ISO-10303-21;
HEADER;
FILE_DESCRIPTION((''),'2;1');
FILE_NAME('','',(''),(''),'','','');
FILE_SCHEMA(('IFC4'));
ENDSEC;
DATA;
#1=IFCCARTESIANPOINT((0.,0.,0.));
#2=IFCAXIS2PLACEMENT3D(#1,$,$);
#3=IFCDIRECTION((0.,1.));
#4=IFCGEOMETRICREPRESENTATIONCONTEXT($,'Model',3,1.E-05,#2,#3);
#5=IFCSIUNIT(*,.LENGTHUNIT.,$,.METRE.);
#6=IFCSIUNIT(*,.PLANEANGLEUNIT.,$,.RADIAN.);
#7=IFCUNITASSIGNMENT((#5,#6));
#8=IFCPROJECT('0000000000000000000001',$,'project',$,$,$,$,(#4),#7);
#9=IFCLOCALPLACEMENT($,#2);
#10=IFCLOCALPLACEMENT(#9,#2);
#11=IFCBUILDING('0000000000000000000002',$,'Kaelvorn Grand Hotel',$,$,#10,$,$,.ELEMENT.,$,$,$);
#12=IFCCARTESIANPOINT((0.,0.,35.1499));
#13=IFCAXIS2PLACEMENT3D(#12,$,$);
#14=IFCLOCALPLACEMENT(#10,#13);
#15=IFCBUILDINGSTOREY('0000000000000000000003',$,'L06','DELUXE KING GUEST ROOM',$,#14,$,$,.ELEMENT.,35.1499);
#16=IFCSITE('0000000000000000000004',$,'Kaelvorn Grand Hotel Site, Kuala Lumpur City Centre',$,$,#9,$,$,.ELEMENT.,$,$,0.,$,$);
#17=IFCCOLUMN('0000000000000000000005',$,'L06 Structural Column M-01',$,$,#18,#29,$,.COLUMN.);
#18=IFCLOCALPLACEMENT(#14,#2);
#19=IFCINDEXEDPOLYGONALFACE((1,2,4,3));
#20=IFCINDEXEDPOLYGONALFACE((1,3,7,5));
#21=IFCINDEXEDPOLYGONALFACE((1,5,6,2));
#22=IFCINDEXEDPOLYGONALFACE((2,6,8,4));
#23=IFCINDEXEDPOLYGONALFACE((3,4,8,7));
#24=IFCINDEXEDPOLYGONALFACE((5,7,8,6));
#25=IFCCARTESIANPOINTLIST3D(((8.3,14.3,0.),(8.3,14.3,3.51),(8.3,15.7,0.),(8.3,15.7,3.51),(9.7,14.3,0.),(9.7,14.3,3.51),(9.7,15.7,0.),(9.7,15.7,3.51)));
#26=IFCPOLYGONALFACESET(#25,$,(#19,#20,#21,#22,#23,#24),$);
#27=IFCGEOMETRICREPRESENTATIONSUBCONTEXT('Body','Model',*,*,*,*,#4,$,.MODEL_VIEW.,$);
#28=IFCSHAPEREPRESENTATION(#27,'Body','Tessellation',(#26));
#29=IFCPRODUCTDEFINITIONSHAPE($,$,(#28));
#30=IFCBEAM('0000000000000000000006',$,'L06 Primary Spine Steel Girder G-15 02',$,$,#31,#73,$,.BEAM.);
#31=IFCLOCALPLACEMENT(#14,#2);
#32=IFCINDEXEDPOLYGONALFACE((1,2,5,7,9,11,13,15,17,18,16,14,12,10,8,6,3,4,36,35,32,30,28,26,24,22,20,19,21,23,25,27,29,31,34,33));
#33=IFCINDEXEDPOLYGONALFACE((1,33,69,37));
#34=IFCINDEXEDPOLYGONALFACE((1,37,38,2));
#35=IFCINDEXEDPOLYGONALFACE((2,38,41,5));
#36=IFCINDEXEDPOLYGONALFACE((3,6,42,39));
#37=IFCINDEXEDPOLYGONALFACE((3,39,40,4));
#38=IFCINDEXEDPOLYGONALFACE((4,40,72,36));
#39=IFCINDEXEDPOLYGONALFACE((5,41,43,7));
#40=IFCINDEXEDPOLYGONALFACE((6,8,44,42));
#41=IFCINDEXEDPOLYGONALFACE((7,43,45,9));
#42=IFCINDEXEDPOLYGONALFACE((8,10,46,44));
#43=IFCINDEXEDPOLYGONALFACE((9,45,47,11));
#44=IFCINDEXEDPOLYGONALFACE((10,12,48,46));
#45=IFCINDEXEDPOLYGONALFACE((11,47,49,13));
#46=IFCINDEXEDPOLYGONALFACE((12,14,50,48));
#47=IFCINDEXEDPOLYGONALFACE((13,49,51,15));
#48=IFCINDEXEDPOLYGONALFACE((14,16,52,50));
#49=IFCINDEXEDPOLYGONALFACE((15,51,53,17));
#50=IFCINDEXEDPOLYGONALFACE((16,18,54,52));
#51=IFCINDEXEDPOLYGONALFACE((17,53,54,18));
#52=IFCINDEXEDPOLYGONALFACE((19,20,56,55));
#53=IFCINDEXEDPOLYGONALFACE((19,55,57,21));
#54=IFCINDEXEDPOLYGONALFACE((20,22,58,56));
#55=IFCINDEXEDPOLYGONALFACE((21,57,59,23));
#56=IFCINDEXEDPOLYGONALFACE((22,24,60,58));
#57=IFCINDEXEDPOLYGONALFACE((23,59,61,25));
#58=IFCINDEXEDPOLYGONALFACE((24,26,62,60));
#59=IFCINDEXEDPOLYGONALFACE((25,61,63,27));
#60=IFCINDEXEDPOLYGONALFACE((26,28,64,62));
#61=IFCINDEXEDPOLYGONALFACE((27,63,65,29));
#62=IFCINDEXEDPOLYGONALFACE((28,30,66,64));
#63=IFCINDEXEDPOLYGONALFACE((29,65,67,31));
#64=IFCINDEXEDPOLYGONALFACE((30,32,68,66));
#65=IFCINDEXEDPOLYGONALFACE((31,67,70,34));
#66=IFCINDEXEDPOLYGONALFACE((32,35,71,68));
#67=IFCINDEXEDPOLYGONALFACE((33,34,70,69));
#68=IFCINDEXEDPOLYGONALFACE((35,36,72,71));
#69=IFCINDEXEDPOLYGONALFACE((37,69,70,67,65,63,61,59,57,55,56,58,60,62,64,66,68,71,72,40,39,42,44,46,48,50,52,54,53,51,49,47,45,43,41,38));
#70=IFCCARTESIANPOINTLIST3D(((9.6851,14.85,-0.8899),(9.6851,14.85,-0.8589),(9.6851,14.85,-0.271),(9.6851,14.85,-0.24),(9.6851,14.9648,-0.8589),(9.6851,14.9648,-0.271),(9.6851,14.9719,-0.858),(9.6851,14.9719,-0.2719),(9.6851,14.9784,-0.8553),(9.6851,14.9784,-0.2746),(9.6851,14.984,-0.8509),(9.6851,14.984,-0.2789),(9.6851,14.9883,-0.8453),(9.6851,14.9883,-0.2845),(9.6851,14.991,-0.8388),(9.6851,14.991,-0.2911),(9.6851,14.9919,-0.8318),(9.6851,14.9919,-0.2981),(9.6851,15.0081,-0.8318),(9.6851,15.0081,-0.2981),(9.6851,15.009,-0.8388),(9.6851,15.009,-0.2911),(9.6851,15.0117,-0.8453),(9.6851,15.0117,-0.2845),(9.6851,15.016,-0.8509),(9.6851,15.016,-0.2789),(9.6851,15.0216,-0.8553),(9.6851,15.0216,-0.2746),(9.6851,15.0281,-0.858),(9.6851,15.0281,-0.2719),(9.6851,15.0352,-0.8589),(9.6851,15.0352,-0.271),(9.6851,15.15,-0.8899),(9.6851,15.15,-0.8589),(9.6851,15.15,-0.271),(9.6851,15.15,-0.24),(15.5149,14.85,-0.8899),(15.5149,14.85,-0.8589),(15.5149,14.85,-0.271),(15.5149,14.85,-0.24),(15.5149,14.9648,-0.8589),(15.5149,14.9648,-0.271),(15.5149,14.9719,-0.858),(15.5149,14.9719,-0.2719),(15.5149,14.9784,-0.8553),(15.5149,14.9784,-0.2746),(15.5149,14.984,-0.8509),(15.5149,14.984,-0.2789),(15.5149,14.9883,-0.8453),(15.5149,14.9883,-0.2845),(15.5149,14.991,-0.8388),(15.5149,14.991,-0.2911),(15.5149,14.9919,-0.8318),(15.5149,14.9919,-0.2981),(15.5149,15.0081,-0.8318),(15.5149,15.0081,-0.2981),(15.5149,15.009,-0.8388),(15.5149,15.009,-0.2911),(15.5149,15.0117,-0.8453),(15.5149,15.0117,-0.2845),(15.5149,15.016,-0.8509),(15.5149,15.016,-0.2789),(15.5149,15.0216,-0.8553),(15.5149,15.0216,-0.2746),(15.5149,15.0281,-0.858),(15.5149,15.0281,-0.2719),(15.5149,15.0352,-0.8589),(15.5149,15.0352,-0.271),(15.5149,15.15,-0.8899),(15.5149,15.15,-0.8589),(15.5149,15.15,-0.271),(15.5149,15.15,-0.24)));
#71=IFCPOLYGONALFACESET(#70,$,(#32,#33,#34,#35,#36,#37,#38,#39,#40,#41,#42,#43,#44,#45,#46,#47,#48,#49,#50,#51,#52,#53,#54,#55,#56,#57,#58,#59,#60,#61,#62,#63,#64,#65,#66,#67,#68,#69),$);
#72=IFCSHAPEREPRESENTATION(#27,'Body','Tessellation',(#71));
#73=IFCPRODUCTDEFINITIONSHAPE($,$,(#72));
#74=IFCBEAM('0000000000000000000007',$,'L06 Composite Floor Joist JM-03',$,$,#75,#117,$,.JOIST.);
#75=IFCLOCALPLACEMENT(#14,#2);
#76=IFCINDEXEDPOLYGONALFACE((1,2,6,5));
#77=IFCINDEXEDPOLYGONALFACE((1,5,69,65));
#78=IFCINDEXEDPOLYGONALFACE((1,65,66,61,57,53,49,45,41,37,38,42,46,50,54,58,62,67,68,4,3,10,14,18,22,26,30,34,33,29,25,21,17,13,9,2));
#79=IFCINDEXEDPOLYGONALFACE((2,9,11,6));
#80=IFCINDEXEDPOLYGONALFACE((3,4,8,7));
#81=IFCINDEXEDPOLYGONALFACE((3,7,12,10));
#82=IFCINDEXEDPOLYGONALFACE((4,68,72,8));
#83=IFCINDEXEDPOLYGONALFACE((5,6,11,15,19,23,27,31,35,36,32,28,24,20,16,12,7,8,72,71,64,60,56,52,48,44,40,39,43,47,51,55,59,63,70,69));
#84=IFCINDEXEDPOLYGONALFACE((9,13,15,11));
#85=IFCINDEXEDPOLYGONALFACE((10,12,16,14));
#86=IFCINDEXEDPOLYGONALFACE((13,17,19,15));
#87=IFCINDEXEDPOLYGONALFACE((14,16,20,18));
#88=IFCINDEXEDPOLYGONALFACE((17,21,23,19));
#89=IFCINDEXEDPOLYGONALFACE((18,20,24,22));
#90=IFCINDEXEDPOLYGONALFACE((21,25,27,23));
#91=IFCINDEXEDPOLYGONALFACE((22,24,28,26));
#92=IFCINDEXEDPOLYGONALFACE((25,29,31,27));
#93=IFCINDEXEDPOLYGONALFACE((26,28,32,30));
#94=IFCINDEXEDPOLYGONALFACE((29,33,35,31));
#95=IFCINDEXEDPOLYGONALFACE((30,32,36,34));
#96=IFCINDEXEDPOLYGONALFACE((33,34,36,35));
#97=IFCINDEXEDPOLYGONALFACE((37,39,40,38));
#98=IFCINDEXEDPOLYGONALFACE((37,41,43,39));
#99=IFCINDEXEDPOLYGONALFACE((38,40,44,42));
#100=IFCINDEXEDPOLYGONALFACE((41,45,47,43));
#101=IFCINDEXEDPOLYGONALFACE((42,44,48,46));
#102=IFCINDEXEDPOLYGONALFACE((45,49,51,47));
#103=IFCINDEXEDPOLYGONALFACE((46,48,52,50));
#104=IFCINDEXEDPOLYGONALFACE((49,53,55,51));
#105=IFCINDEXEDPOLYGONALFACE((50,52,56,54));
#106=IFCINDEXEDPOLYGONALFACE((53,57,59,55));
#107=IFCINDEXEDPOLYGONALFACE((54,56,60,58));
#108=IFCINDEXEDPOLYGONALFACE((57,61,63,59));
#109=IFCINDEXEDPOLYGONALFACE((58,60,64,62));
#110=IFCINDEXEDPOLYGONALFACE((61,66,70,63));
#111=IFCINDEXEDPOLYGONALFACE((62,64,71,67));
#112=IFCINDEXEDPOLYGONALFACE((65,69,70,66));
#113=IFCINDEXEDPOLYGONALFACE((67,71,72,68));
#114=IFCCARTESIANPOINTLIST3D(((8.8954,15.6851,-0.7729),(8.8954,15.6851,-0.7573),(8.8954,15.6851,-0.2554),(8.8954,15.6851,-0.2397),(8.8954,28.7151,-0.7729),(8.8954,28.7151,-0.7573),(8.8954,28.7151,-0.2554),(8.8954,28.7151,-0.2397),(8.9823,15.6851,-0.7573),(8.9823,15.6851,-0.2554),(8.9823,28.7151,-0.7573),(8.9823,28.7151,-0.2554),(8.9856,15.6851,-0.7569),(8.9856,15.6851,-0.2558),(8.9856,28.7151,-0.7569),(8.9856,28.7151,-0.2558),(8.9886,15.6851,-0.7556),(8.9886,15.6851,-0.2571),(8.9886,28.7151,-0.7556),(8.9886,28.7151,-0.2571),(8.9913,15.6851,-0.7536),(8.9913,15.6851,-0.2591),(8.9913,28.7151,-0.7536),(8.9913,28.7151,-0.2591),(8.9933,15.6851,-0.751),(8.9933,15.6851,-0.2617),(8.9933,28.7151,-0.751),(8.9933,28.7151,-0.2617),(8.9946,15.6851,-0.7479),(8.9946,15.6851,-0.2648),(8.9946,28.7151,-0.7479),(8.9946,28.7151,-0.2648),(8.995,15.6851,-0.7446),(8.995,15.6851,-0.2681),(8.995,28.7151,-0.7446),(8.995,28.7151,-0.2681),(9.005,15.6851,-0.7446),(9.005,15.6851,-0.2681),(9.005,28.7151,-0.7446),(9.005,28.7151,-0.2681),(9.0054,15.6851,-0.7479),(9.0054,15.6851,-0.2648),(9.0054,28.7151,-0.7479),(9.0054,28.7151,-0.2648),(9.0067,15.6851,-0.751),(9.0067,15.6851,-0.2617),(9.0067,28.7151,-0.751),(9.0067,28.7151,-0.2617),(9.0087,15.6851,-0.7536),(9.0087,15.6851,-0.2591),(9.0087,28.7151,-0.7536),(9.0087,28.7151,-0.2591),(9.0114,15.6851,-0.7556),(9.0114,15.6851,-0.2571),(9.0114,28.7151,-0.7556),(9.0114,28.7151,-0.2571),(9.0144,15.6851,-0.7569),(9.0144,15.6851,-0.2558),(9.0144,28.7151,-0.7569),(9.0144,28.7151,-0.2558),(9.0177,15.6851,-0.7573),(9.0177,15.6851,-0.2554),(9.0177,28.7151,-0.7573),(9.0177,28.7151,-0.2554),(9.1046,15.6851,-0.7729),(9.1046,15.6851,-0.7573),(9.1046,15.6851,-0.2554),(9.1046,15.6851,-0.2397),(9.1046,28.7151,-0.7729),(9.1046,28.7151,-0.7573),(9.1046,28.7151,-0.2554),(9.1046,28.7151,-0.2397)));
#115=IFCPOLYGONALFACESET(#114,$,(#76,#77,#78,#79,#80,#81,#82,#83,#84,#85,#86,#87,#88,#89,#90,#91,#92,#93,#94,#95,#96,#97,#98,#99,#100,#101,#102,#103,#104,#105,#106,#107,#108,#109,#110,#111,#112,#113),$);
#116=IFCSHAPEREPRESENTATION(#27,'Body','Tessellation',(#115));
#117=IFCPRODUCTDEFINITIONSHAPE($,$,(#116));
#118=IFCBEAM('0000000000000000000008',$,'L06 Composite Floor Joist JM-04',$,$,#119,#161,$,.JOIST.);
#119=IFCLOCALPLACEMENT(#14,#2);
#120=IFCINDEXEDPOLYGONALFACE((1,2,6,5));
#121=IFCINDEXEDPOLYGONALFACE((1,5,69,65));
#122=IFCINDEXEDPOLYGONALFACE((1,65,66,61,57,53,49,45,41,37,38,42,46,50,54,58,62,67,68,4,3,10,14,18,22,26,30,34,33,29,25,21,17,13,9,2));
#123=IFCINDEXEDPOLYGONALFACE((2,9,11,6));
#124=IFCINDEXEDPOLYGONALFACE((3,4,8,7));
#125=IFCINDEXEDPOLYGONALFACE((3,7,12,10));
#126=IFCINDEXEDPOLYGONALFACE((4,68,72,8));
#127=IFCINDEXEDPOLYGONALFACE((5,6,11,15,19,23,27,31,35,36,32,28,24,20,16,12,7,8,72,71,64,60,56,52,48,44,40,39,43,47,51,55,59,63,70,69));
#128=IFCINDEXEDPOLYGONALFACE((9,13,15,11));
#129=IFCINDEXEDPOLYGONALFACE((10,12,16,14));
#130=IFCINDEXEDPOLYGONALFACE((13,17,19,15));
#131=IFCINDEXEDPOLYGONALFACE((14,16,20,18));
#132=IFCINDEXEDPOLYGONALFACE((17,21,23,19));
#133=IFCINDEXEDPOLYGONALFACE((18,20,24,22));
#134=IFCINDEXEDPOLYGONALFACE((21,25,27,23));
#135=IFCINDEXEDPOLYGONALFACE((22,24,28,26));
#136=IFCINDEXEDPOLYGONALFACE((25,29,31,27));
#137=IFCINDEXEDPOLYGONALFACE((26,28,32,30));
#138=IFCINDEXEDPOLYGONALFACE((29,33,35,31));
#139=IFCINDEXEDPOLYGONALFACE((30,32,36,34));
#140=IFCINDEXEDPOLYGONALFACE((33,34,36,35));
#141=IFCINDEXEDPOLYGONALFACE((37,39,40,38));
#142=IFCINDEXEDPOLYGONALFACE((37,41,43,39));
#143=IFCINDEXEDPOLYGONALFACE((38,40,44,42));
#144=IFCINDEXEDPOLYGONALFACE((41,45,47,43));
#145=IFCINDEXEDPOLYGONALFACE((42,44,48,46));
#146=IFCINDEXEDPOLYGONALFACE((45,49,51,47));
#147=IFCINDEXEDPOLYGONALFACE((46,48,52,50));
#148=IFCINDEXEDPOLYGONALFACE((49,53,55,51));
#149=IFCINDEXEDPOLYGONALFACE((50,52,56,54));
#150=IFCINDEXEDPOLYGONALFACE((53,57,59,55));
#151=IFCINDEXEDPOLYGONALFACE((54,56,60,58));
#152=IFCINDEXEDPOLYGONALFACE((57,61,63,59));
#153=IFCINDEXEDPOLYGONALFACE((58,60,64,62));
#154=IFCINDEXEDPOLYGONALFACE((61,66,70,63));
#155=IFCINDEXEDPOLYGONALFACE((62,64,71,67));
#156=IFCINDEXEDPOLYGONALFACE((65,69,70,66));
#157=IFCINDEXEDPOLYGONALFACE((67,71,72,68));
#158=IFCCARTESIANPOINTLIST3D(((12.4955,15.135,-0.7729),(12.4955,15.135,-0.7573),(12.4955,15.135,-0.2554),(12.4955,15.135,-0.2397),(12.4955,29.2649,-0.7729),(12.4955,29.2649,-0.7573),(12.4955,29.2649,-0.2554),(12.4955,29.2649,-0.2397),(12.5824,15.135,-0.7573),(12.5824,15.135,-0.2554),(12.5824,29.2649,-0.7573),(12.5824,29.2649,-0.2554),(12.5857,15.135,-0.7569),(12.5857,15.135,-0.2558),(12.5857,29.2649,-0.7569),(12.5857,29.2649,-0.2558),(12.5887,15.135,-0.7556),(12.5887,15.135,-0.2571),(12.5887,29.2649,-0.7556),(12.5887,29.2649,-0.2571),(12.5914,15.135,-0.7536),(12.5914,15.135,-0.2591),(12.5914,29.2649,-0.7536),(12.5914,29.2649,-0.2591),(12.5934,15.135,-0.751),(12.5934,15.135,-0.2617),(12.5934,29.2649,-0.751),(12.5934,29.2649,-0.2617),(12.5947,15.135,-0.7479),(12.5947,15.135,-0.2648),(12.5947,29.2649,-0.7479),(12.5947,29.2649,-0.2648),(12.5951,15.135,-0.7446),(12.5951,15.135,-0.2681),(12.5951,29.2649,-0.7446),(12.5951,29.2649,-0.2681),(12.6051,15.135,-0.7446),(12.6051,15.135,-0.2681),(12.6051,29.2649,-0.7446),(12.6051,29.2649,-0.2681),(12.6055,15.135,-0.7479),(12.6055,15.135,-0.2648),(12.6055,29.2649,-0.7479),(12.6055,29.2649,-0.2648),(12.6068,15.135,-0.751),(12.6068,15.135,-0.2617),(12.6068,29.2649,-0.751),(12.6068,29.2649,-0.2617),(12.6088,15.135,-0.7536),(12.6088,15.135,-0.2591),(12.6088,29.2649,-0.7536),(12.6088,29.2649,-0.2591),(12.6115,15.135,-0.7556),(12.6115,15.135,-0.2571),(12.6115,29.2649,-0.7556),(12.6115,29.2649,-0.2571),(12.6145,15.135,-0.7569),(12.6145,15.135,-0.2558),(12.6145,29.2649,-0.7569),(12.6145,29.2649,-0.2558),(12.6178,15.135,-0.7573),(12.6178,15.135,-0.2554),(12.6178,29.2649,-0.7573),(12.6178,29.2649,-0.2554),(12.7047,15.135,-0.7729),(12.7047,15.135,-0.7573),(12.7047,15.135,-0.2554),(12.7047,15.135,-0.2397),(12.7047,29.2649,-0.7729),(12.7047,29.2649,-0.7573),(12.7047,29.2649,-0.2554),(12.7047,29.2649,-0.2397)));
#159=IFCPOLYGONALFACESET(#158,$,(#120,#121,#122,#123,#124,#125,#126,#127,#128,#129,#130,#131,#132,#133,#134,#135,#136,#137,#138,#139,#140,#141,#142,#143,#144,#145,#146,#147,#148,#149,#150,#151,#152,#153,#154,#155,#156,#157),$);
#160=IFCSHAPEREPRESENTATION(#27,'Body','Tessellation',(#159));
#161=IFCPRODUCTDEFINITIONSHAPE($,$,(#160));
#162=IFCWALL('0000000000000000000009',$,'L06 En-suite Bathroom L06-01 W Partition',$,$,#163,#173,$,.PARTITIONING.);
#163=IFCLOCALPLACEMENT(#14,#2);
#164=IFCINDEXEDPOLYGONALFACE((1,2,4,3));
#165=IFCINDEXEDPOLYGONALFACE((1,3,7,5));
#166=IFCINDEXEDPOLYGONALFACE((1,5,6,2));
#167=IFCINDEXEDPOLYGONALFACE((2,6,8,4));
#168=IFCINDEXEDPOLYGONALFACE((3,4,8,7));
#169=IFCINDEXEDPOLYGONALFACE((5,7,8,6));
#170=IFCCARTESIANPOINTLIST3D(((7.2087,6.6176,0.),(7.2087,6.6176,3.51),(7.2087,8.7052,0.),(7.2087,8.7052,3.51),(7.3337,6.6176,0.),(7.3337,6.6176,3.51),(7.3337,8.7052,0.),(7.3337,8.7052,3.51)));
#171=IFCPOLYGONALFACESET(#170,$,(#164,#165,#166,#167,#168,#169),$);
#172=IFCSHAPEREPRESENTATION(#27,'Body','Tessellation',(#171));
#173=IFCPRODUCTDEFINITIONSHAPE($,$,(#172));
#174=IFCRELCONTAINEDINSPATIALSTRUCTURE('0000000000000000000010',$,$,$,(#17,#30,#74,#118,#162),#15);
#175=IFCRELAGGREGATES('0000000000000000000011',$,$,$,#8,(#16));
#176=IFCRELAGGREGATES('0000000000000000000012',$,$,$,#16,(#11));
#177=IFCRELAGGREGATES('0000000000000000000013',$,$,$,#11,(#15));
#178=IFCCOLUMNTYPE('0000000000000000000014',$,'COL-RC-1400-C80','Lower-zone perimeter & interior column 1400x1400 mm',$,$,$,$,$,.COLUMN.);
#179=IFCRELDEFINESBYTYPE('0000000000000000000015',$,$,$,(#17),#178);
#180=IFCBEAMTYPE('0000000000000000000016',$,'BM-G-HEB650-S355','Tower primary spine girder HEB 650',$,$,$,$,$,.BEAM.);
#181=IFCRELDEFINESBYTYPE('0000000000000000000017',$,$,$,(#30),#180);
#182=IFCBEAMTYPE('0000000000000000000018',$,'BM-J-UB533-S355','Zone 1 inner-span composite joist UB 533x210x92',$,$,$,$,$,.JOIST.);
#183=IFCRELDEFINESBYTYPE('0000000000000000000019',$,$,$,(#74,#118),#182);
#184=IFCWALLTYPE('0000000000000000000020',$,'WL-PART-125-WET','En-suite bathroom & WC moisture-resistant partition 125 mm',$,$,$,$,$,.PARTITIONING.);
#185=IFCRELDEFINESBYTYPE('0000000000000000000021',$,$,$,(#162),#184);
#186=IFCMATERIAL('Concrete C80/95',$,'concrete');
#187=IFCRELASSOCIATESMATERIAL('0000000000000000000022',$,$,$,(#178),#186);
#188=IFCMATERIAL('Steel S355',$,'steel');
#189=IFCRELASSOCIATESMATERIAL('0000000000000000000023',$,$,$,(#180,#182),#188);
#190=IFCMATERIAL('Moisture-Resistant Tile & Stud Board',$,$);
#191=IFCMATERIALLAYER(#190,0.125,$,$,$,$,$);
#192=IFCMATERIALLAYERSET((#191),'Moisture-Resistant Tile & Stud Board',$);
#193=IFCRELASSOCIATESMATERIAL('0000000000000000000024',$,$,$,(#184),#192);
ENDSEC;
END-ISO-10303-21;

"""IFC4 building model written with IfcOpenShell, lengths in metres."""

from ifc_helpers import new_model, si_unit, direction, frame, frame_2d, origin, origin_2d, place, context, subcontext, project, spatial, rectangle, i_section, extrude, material, layer, layer_set, material_profile, profile_set, type_object, element, save


model = new_model("IFC4")

# Units and contexts
model_context = context("Model", 3, precision=1e-05, world=origin(), true_north=direction((0.0, 1.0)))
body_context = subcontext(model_context, "Body", "Model", "MODEL_VIEW")
ifc_project = project(units=[si_unit("LENGTHUNIT", "METRE"), si_unit("PLANEANGLEUNIT", "RADIAN")], contexts=[model_context])

# Site, building, storey
site_placement = place(None, origin())
site = spatial("IfcSite", under=ifc_project, at=site_placement, Name="Kaelvorn Grand Hotel Site, Kuala Lumpur City Centre", CompositionType="ELEMENT", RefElevation=0.0)
building_placement = place(site_placement, origin())
building = spatial("IfcBuilding", under=site, at=building_placement, Name="Kaelvorn Grand Hotel", CompositionType="ELEMENT")
storey_placement = place(building_placement, frame((0.0, 0.0, 35.1499)))
storey = spatial("IfcBuildingStorey", under=building, at=storey_placement, Name="L06", Description="DELUXE KING GUEST ROOM", CompositionType="ELEMENT", Elevation=35.1499)

# Column
ifc_material_1 = material(Name="Concrete C80/95", Category="concrete")
ifc_material_profile_1 = material_profile(ifc_material_1, rectangle(XDim=1.3999, YDim=1.3999, at=origin_2d()), Name="RC COL 1400x1400")
ifc_profile_set_1 = profile_set([ifc_material_profile_1], Name="Concrete C80/95")
column_type = type_object("IfcColumnType", Name="COL-RC-1400-C80", Description="Lower-zone perimeter & interior column 1400x1400 mm", PredefinedType="COLUMN", material=ifc_profile_set_1)
column_placement = place(storey_placement, frame((9.0, 15.0, 0.0), z_axis=(0.0, 0.0, 1.0), x_axis=(1.0, 0.0, 0.0)))
element("IfcColumn", 1, at=column_placement, inside=storey, type_object=column_type, Name="L06 Structural Column M-01", PredefinedType="COLUMN", context=body_context, shape_type="SweptSolid", body=[
    extrude(rectangle(XDim=1.3999, YDim=1.3999, at=origin_2d()), origin(), (0.0, 0.0, 1.0), 3.51),
])

# Beams
ifc_material_2 = material(Name="Steel S355", Category="steel")
ifc_material_profile_2 = material_profile(ifc_material_2, i_section(OverallWidth=0.3, OverallDepth=0.6499, WebThickness=0.0161, FlangeThickness=0.031, FilletRadius=0.0271, at=origin_2d()), Name="HEB 650")
ifc_profile_set_2 = profile_set([ifc_material_profile_2], Name="Steel S355")
beam_type_1 = type_object("IfcBeamType", Name="BM-G-HEB650-S355", Description="Tower primary spine girder HEB 650", PredefinedType="BEAM", material=ifc_profile_set_2)
beam_1_placement = place(storey_placement, frame((9.6851, 15.0, -0.5649), z_axis=(1.0, 0.0, 0.0), x_axis=(0.0, 1.0, 0.0)))
element("IfcBeam", 2, at=beam_1_placement, inside=storey, type_object=beam_type_1, Name="L06 Primary Spine Steel Girder G-15 02", PredefinedType="BEAM", context=body_context, shape_type="SweptSolid", body=[
    extrude(i_section(OverallWidth=0.3, OverallDepth=0.6499, WebThickness=0.0161, FlangeThickness=0.031, FilletRadius=0.0271, at=origin_2d()), origin(), (0.0, 0.0, 1.0), 5.8298),
])
ifc_material_profile_3 = material_profile(ifc_material_2, i_section(OverallWidth=0.2092, OverallDepth=0.5332, WebThickness=0.01, FlangeThickness=0.0156, FilletRadius=0.0127, at=origin_2d()), Name="UB 533x210x92")
ifc_profile_set_3 = profile_set([ifc_material_profile_3], Name="Steel S355")
beam_type_2 = type_object("IfcBeamType", Name="BM-J-UB533-S355", Description="Zone 1 inner-span composite joist UB 533x210x92", PredefinedType="JOIST", material=ifc_profile_set_3)
beam_2_placement = place(storey_placement, frame((9.0, 15.6851, -0.5063), z_axis=(0.0, 1.0, 0.0), x_axis=(-1.0, 0.0, 0.0)))
element("IfcBeam", 3, at=beam_2_placement, inside=storey, type_object=beam_type_2, Name="L06 Composite Floor Joist JM-03", PredefinedType="JOIST", context=body_context, shape_type="SweptSolid", body=[
    extrude(i_section(OverallWidth=0.2092, OverallDepth=0.5332, WebThickness=0.01, FlangeThickness=0.0156, FilletRadius=0.0127, at=origin_2d()), origin(), (0.0, 0.0, 1.0), 13.03),
])
beam_3_placement = place(storey_placement, frame((12.6001, 15.135, -0.5063), z_axis=(0.0, 1.0, 0.0), x_axis=(-1.0, 0.0, 0.0)))
element("IfcBeam", 4, at=beam_3_placement, inside=storey, type_object=beam_type_2, Name="L06 Composite Floor Joist JM-04", PredefinedType="JOIST", context=body_context, shape_type="SweptSolid", body=[
    extrude(i_section(OverallWidth=0.2092, OverallDepth=0.5332, WebThickness=0.01, FlangeThickness=0.0156, FilletRadius=0.0127, at=origin_2d()), origin(), (0.0, 0.0, 1.0), 14.1299),
])

# Wall
ifc_material_3 = material(Name="Moisture-Resistant Tile & Stud Board")
ifc_layer_1 = layer(ifc_material_3, 0.125)
ifc_layer_set_1 = layer_set([ifc_layer_1], Name="Moisture-Resistant Tile & Stud Board")
wall_type_1 = type_object("IfcWallType", Name="WL-PART-125-WET", Description="En-suite bathroom & WC moisture-resistant partition 125 mm", PredefinedType="PARTITIONING", material=ifc_layer_set_1)
wall_1_placement = place(storey_placement, frame((7.2712, 6.6174, 0.0), z_axis=(0.0, 0.0, 1.0), x_axis=(0.0, 1.0, 0.0)))
element("IfcWall", 5, at=wall_1_placement, inside=storey, type_object=wall_type_1, Name="L06 En-suite Bathroom L06-01 W Partition", PredefinedType="PARTITIONING", context=body_context, shape_type="SweptSolid", body=[
    extrude(rectangle(XDim=2.0876, YDim=0.125, at=frame_2d((1.0439, 0.0))), origin(), (0.0, 0.0, 1.0), 3.51),
])

save(model, "model.ifc")
